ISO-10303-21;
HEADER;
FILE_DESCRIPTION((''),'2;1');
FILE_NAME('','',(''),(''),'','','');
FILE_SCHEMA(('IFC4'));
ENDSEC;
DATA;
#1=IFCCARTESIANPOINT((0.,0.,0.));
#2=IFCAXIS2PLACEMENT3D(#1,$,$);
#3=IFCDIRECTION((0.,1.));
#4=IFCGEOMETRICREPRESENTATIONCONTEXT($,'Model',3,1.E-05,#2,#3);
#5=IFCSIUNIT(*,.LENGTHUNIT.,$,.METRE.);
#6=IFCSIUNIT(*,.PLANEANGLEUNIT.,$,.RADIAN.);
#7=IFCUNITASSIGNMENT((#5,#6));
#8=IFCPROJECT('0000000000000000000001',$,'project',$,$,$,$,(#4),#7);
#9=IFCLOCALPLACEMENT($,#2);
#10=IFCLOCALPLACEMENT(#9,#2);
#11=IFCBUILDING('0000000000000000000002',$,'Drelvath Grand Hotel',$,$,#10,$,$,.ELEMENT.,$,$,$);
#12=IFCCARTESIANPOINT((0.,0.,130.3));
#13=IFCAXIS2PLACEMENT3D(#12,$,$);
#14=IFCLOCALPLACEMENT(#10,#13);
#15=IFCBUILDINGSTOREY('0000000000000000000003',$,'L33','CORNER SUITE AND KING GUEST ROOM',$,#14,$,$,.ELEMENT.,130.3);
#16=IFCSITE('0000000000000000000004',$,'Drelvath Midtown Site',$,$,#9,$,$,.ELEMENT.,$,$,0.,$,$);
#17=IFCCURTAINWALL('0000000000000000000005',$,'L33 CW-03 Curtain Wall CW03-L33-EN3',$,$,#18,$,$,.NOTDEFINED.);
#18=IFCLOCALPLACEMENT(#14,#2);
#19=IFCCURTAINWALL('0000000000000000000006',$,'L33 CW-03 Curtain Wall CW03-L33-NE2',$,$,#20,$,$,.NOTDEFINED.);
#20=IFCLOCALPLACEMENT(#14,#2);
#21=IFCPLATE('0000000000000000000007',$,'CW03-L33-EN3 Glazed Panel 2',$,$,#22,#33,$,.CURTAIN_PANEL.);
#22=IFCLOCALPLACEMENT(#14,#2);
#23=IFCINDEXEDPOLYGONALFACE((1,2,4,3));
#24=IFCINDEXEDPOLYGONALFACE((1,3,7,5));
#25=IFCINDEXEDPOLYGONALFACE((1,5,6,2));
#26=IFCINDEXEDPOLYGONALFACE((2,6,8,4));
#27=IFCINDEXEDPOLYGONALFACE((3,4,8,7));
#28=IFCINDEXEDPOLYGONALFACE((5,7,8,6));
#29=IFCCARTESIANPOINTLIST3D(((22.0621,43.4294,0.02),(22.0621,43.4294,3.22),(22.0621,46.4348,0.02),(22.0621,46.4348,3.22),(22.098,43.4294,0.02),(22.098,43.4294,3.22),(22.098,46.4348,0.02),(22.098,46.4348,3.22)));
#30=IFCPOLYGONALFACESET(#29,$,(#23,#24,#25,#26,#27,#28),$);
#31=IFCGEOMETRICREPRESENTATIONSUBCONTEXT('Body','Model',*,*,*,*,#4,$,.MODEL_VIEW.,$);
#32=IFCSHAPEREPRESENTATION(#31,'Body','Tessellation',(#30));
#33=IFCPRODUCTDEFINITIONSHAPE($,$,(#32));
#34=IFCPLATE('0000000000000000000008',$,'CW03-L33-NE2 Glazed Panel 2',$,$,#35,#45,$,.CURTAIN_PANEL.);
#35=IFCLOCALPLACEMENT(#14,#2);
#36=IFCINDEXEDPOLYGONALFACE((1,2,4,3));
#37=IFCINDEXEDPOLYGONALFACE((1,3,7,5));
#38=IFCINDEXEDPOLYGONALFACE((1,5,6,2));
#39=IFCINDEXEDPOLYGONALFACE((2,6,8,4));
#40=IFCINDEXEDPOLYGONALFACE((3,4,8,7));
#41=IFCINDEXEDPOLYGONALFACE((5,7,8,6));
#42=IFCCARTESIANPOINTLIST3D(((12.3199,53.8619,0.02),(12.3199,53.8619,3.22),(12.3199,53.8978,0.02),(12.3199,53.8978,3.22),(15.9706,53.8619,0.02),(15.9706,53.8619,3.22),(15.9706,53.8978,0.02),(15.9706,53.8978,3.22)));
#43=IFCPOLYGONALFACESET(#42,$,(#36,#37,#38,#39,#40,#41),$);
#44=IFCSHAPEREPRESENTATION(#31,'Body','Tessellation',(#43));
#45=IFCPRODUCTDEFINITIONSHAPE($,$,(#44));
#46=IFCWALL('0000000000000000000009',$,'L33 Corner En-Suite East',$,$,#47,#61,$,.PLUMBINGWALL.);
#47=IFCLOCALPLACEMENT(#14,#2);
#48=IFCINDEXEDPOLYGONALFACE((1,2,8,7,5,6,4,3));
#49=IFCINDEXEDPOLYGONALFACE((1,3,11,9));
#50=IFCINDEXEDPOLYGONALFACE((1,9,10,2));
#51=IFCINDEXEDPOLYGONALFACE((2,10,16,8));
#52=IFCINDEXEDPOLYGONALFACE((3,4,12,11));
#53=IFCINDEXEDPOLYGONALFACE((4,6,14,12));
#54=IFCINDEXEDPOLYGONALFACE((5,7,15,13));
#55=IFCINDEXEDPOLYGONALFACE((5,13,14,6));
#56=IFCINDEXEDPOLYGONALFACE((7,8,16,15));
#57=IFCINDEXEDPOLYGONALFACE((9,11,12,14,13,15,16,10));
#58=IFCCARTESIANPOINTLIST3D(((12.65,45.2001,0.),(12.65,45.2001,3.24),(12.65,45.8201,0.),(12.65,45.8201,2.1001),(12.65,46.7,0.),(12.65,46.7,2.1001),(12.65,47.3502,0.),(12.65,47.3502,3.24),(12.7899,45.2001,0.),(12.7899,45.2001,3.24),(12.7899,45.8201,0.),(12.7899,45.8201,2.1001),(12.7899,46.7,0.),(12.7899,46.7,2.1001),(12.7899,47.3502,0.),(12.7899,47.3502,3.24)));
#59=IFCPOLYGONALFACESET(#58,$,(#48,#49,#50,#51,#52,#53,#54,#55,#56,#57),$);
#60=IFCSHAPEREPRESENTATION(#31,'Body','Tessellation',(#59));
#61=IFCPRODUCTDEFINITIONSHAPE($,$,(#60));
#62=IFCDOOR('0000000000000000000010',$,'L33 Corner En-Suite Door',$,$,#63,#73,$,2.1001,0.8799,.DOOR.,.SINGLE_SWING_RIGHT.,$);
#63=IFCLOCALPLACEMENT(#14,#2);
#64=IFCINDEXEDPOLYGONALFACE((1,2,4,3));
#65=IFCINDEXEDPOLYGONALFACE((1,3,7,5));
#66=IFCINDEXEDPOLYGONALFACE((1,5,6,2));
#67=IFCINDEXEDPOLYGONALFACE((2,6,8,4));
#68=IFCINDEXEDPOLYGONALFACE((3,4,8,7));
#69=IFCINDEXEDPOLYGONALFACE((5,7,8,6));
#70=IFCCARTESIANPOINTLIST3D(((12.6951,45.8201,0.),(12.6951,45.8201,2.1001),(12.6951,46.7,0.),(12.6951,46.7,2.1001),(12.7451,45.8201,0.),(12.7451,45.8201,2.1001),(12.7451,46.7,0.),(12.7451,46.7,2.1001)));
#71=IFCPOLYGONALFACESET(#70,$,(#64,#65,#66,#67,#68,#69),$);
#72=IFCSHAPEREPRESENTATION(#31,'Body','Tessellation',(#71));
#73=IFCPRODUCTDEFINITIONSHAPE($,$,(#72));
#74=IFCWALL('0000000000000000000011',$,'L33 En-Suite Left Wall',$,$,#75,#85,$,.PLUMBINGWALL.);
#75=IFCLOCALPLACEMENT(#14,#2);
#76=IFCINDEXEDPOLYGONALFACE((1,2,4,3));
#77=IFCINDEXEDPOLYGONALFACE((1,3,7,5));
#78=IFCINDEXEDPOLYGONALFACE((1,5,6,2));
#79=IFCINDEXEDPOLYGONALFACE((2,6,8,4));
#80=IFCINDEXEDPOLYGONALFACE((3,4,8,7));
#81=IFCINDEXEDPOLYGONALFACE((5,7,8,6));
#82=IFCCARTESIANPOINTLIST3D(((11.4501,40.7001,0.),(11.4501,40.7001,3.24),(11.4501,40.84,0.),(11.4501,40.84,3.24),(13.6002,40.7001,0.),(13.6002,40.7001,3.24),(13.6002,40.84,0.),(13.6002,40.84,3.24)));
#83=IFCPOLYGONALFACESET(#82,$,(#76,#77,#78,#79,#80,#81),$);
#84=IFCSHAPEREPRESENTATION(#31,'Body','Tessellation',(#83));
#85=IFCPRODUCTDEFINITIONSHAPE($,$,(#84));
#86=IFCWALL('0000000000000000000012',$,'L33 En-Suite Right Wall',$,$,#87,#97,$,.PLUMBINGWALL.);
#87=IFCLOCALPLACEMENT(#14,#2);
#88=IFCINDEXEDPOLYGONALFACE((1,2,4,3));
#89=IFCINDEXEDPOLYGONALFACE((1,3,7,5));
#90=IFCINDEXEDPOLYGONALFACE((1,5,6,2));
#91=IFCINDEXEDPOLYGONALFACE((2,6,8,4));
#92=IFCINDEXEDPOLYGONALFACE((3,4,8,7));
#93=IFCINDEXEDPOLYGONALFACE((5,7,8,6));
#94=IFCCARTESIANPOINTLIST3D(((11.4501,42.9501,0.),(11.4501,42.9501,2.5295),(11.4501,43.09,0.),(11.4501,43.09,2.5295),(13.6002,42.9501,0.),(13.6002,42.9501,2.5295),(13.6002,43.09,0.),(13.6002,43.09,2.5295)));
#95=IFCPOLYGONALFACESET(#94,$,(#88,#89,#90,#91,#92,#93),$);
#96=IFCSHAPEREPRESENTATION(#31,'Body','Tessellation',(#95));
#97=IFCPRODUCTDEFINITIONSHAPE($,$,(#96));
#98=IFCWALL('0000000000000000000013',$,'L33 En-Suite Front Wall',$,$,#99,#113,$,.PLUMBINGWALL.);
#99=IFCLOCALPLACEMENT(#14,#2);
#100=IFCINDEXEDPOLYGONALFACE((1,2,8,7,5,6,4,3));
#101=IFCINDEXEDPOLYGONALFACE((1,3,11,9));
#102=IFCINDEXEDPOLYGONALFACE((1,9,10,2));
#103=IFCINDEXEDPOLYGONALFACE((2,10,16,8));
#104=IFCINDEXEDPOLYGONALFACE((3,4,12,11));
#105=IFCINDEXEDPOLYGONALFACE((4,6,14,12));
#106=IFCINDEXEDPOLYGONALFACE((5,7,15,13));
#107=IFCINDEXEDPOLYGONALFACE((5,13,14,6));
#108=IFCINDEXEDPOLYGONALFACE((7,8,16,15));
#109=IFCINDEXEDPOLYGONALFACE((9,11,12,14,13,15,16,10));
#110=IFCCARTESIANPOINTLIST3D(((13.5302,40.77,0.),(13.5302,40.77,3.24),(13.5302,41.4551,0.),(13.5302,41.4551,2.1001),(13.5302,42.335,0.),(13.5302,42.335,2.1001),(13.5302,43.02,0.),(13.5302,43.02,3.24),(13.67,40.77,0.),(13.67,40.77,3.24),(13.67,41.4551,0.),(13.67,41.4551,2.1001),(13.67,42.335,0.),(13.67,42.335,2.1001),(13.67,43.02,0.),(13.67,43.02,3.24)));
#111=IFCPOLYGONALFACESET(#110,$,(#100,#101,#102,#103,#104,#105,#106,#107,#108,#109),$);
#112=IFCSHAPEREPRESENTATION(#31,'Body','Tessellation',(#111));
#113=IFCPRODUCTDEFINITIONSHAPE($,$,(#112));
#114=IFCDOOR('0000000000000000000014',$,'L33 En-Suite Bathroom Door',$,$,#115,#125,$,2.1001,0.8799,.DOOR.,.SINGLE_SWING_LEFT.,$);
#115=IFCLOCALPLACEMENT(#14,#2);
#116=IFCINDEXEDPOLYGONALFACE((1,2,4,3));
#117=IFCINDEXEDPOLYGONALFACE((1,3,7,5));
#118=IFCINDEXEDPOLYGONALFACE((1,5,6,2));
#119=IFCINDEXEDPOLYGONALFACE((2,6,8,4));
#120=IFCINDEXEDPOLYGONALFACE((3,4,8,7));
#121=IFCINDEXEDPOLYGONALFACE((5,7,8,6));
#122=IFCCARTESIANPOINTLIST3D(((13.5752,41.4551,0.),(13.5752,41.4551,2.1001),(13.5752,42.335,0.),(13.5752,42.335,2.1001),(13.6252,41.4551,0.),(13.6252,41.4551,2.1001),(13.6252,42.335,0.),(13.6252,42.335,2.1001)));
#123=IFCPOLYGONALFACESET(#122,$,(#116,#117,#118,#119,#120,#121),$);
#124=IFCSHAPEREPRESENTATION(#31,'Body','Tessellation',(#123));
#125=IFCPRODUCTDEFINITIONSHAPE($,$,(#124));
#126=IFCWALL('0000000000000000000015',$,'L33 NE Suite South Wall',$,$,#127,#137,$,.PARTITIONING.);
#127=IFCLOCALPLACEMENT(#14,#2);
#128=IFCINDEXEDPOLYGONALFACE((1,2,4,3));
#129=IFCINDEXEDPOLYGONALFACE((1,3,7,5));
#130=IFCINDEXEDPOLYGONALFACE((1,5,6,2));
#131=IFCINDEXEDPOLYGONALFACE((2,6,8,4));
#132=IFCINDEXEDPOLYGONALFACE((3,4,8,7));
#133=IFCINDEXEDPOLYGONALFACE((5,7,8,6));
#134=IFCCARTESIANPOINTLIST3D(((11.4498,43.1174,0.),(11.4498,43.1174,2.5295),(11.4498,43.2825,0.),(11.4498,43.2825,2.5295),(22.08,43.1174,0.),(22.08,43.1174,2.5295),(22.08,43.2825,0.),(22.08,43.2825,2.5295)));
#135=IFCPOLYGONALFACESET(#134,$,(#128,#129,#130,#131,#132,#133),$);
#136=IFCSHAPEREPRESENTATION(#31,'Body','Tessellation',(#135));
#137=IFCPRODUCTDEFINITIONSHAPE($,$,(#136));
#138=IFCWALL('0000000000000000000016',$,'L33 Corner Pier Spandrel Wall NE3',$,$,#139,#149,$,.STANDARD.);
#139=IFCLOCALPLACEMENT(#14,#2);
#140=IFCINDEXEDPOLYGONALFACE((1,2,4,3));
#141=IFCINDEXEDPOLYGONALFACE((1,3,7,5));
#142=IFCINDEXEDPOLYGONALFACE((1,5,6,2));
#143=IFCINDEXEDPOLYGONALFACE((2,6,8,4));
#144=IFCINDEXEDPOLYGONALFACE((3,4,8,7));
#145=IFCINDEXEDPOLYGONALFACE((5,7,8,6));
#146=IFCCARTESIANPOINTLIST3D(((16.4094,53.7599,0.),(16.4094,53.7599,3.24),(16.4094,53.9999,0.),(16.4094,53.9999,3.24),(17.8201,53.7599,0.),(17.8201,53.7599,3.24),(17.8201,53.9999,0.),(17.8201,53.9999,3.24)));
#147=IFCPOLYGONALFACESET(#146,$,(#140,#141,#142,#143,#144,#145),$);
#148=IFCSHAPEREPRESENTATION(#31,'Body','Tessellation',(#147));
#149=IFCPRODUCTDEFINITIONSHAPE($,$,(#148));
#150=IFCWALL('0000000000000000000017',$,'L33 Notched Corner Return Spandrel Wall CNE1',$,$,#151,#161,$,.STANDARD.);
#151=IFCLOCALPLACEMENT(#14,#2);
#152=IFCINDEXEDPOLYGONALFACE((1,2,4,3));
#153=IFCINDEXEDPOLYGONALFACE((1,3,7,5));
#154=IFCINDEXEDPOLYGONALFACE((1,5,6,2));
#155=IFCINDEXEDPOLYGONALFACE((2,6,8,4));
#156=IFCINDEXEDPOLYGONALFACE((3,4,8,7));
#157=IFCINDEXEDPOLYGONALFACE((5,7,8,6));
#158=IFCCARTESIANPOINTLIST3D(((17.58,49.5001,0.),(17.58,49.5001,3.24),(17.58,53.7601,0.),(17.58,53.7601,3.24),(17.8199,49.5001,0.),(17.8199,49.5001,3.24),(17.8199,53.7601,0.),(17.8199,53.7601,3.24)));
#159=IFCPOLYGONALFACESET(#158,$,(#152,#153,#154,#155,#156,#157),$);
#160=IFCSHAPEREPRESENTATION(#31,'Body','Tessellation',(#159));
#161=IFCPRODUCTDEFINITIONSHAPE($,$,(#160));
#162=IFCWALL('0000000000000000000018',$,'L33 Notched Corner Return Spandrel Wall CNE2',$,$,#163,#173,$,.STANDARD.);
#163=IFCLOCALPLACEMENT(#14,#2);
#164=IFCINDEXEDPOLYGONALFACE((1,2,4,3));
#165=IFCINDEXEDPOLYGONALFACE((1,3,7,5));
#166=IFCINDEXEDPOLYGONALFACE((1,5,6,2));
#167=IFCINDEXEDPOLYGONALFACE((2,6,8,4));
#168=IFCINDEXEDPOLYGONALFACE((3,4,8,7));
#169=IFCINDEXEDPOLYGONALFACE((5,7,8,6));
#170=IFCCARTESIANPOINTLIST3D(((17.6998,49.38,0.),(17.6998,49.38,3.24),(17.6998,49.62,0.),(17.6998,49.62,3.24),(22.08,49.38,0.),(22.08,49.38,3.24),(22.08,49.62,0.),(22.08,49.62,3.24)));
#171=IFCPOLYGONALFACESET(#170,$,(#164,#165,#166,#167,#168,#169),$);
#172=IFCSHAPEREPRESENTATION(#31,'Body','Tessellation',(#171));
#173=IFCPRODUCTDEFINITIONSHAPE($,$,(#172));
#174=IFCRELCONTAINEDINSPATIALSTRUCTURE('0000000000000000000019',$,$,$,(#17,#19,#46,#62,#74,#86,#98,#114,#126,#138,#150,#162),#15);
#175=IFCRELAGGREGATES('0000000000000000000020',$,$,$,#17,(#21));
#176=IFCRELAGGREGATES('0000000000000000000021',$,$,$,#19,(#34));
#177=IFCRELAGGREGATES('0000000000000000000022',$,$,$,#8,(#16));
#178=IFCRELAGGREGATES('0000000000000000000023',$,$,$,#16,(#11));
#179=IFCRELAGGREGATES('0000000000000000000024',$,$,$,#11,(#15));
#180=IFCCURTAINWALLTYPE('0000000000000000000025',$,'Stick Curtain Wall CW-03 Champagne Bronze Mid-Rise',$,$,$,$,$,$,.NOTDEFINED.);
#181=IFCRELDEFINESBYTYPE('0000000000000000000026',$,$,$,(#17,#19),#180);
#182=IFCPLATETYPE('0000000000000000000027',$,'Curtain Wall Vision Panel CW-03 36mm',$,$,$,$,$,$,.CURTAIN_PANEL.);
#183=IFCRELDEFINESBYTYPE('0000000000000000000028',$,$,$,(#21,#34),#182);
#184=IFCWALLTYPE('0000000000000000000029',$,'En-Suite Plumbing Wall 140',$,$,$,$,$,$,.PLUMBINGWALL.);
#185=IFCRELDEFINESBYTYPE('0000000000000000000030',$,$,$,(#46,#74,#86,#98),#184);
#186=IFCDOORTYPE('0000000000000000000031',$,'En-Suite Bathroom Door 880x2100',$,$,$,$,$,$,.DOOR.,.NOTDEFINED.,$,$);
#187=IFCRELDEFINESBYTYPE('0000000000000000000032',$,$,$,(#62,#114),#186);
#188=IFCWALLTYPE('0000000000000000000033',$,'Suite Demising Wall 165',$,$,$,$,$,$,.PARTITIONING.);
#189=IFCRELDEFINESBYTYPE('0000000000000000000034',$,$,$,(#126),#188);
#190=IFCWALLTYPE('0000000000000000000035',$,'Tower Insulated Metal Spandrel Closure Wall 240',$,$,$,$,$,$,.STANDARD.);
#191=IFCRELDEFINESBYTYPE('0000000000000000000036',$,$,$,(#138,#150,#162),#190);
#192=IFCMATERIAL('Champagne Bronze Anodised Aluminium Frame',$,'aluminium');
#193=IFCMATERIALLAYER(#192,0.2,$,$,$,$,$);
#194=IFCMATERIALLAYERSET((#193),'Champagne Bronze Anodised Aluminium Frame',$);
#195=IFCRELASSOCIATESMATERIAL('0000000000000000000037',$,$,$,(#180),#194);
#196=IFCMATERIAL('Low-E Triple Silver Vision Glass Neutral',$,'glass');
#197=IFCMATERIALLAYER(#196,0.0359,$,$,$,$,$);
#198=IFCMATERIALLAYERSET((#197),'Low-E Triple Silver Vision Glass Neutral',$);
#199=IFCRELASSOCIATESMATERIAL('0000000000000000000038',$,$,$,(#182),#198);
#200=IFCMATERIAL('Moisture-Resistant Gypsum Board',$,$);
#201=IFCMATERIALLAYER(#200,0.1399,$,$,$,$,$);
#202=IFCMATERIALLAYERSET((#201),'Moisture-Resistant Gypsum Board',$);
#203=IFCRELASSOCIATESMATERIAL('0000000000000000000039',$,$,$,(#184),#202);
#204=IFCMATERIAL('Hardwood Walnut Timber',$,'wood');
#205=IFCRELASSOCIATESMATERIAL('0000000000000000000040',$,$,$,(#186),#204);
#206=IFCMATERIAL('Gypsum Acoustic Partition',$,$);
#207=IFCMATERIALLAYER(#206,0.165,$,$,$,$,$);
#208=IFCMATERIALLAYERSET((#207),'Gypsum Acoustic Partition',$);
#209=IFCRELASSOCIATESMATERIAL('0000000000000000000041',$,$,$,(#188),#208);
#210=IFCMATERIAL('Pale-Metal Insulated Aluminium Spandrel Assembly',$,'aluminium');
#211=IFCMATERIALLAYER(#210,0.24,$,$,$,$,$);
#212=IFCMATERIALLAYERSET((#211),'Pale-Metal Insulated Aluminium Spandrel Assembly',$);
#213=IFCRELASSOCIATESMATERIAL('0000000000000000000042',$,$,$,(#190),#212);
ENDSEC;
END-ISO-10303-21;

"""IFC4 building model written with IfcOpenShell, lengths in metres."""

from ifc_helpers import new_model, si_unit, direction, frame, frame_2d, origin, origin_2d, place, context, subcontext, project, spatial, rectangle, extrude, material, layer, layer_set, type_object, element, fill, aggregate, save


model = new_model("IFC4")

# Units and contexts
model_context = context("Model", 3, precision=1e-05, world=origin(), true_north=direction((0.0, 1.0)))
body_context = subcontext(model_context, "Body", "Model", "MODEL_VIEW")
ifc_project = project(units=[si_unit("LENGTHUNIT", "METRE"), si_unit("PLANEANGLEUNIT", "RADIAN")], contexts=[model_context])

# Site, building, storey
site_placement = place(None, origin())
site = spatial("IfcSite", under=ifc_project, at=site_placement, Name="Drelvath Midtown Site", CompositionType="ELEMENT", RefElevation=0.0)
building_placement = place(site_placement, origin())
building = spatial("IfcBuilding", under=site, at=building_placement, Name="Drelvath Grand Hotel", CompositionType="ELEMENT")
storey_placement = place(building_placement, frame((0.0, 0.0, 130.3)))
storey = spatial("IfcBuildingStorey", under=building, at=storey_placement, Name="L33", Description="CORNER SUITE AND KING GUEST ROOM", CompositionType="ELEMENT", Elevation=130.3)

# Curtain wall
ifc_material_1 = material(Name="Champagne Bronze Anodised Aluminium Frame", Category="aluminium")
ifc_layer_1 = layer(ifc_material_1, 0.2)
ifc_layer_set_1 = layer_set([ifc_layer_1], Name="Champagne Bronze Anodised Aluminium Frame")
curtain_wall_type = type_object("IfcCurtainWallType", Name="Stick Curtain Wall CW-03 Champagne Bronze Mid-Rise", PredefinedType="NOTDEFINED", material=ifc_layer_set_1)
curtain_wall_1_placement = place(storey_placement, origin())
curtain_wall_1 = element("IfcCurtainWall", 1, at=curtain_wall_1_placement, inside=storey, type_object=curtain_wall_type, Name="L33 CW-03 Curtain Wall CW03-L33-EN3", PredefinedType="NOTDEFINED")

# Curtain wall
curtain_wall_2_placement = place(storey_placement, origin())
curtain_wall_2 = element("IfcCurtainWall", 2, at=curtain_wall_2_placement, inside=storey, type_object=curtain_wall_type, Name="L33 CW-03 Curtain Wall CW03-L33-NE2", PredefinedType="NOTDEFINED")

# Plates
ifc_material_2 = material(Name="Low-E Triple Silver Vision Glass Neutral", Category="glass")
ifc_layer_2 = layer(ifc_material_2, 0.0359)
ifc_layer_set_2 = layer_set([ifc_layer_2], Name="Low-E Triple Silver Vision Glass Neutral")
plate_type = type_object("IfcPlateType", Name="Curtain Wall Vision Panel CW-03 36mm", PredefinedType="CURTAIN_PANEL", material=ifc_layer_set_2)
plate_1_placement = place(storey_placement, frame((22.0801, 44.9321, 0.02), z_axis=(0.0, 0.0, 1.0), x_axis=(0.0, -1.0, 0.0)))
plate_1 = element("IfcPlate", 3, at=plate_1_placement, type_object=plate_type, Name="CW03-L33-EN3 Glazed Panel 2", PredefinedType="CURTAIN_PANEL", context=body_context, shape_type="SweptSolid", body=[
    extrude(rectangle(XDim=3.0054, YDim=0.0359, at=origin_2d()), origin(), (0.0, 0.0, 1.0), 3.2),
])
aggregate(curtain_wall_1, [plate_1])
plate_2_placement = place(storey_placement, frame((14.1453, 53.8799, 0.02), z_axis=(0.0, 0.0, 1.0), x_axis=(1.0, 0.0, 0.0)))
plate_2 = element("IfcPlate", 4, at=plate_2_placement, type_object=plate_type, Name="CW03-L33-NE2 Glazed Panel 2", PredefinedType="CURTAIN_PANEL", context=body_context, shape_type="SweptSolid", body=[
    extrude(rectangle(XDim=3.6506, YDim=0.0359, at=origin_2d()), origin(), (0.0, 0.0, 1.0), 3.2),
])
aggregate(curtain_wall_2, [plate_2])

# Wall, opening, door
ifc_material_3 = material(Name="Moisture-Resistant Gypsum Board")
ifc_layer_3 = layer(ifc_material_3, 0.1399)
ifc_layer_set_3 = layer_set([ifc_layer_3], Name="Moisture-Resistant Gypsum Board")
wall_type_1 = type_object("IfcWallType", Name="En-Suite Plumbing Wall 140", PredefinedType="PLUMBINGWALL", material=ifc_layer_set_3)
wall_1_placement = place(storey_placement, frame((12.72, 45.2, 0.0), z_axis=(0.0, 0.0, 1.0), x_axis=(0.0, 1.0, 0.0)))
wall_1 = element("IfcWall", 5, at=wall_1_placement, inside=storey, type_object=wall_type_1, Name="L33 Corner En-Suite East", PredefinedType="PLUMBINGWALL", context=body_context, shape_type="SweptSolid", body=[
    extrude(rectangle(XDim=2.1501, YDim=0.1399, at=frame_2d((1.0752, 0.0))), origin(), (0.0, 0.0, 1.0), 3.24),
])
opening_1_placement = place(wall_1_placement, frame((0.6201, 0.0, 0.0)))
opening_1 = element("IfcOpeningElement", 6, at=opening_1_placement, cuts=wall_1, PredefinedType="OPENING", context=body_context, shape_type="SweptSolid", body=[
    extrude(rectangle(XDim=0.8799, YDim=2.1001, at=frame_2d((0.4399, 1.05))), frame((0.0, 0.0798, 0.0), z_axis=(0.0, -1.0, 0.0), x_axis=(1.0, 0.0, 0.0)), (0.0, 0.0, 1.0), 0.1599),
])
ifc_material_4 = material(Name="Hardwood Walnut Timber", Category="wood")
door_type = type_object("IfcDoorType", Name="En-Suite Bathroom Door 880x2100", OperationType="NOTDEFINED", PredefinedType="DOOR", material=ifc_material_4)
door_1_placement = place(opening_1_placement, origin())
door_1 = element("IfcDoor", 7, at=door_1_placement, inside=storey, type_object=door_type, Name="L33 Corner En-Suite Door", OperationType="SINGLE_SWING_RIGHT", OverallHeight=2.1001, OverallWidth=0.8799, PredefinedType="DOOR", context=body_context, shape_type="SweptSolid", body=[
    extrude(rectangle(XDim=0.8799, YDim=2.1001, at=frame_2d((0.4399, 1.05))), frame((0.0, 0.0249, 0.0), z_axis=(0.0, -1.0, 0.0), x_axis=(1.0, 0.0, 0.0)), (0.0, 0.0, 1.0), 0.05),
])
fill(opening_1, door_1)

# Walls
wall_2_placement = place(storey_placement, frame((11.45, 40.77, 0.0), z_axis=(0.0, 0.0, 1.0), x_axis=(1.0, 0.0, 0.0)))
element("IfcWall", 8, at=wall_2_placement, inside=storey, type_object=wall_type_1, Name="L33 En-Suite Left Wall", PredefinedType="PLUMBINGWALL", context=body_context, shape_type="SweptSolid", body=[
    extrude(rectangle(XDim=2.1501, YDim=0.1399, at=frame_2d((1.0752, 0.0))), origin(), (0.0, 0.0, 1.0), 3.24),
])
wall_3_placement = place(storey_placement, frame((11.45, 43.02, 0.0), z_axis=(0.0, 0.0, 1.0), x_axis=(1.0, 0.0, 0.0)))
element("IfcWall", 9, at=wall_3_placement, inside=storey, type_object=wall_type_1, Name="L33 En-Suite Right Wall", PredefinedType="PLUMBINGWALL", context=body_context, shape_type="SweptSolid", body=[
    extrude(rectangle(XDim=2.1501, YDim=0.1399, at=frame_2d((1.0752, 0.0))), origin(), (0.0, 0.0, 1.0), 2.5295),
])

# Wall, opening, door
wall_4_placement = place(storey_placement, frame((13.6001, 40.77, 0.0), z_axis=(0.0, 0.0, 1.0), x_axis=(0.0, 1.0, 0.0)))
wall_4 = element("IfcWall", 10, at=wall_4_placement, inside=storey, type_object=wall_type_1, Name="L33 En-Suite Front Wall", PredefinedType="PLUMBINGWALL", context=body_context, shape_type="SweptSolid", body=[
    extrude(rectangle(XDim=2.25, YDim=0.1399, at=frame_2d((1.125, 0.0))), origin(), (0.0, 0.0, 1.0), 3.24),
])
opening_2_placement = place(wall_4_placement, frame((0.6851, 0.0, 0.0)))
opening_2 = element("IfcOpeningElement", 11, at=opening_2_placement, cuts=wall_4, PredefinedType="OPENING", context=body_context, shape_type="SweptSolid", body=[
    extrude(rectangle(XDim=0.8799, YDim=2.1001, at=frame_2d((0.4399, 1.05))), frame((0.0, 0.0798, 0.0), z_axis=(0.0, -1.0, 0.0), x_axis=(1.0, 0.0, 0.0)), (0.0, 0.0, 1.0), 0.1599),
])
door_2_placement = place(opening_2_placement, origin())
door_2 = element("IfcDoor", 12, at=door_2_placement, inside=storey, type_object=door_type, Name="L33 En-Suite Bathroom Door", OperationType="SINGLE_SWING_LEFT", OverallHeight=2.1001, OverallWidth=0.8799, PredefinedType="DOOR", context=body_context, shape_type="SweptSolid", body=[
    extrude(rectangle(XDim=0.8799, YDim=2.1001, at=frame_2d((0.4399, 1.05))), frame((0.0, 0.0249, 0.0), z_axis=(0.0, -1.0, 0.0), x_axis=(1.0, 0.0, 0.0)), (0.0, 0.0, 1.0), 0.05),
])
fill(opening_2, door_2)

# Walls
ifc_material_5 = material(Name="Gypsum Acoustic Partition")
ifc_layer_4 = layer(ifc_material_5, 0.165)
ifc_layer_set_4 = layer_set([ifc_layer_4], Name="Gypsum Acoustic Partition")
wall_type_2 = type_object("IfcWallType", Name="Suite Demising Wall 165", PredefinedType="PARTITIONING", material=ifc_layer_set_4)
wall_5_placement = place(storey_placement, frame((11.45, 43.2, 0.0), z_axis=(0.0, 0.0, 1.0), x_axis=(1.0, 0.0, 0.0)))
element("IfcWall", 13, at=wall_5_placement, inside=storey, type_object=wall_type_2, Name="L33 NE Suite South Wall", PredefinedType="PARTITIONING", context=body_context, shape_type="SweptSolid", body=[
    extrude(rectangle(XDim=10.6301, YDim=0.165, at=frame_2d((5.3149, 0.0))), origin(), (0.0, 0.0, 1.0), 2.5295),
])
ifc_material_6 = material(Name="Pale-Metal Insulated Aluminium Spandrel Assembly", Category="aluminium")
ifc_layer_5 = layer(ifc_material_6, 0.24)
ifc_layer_set_5 = layer_set([ifc_layer_5], Name="Pale-Metal Insulated Aluminium Spandrel Assembly")
wall_type_3 = type_object("IfcWallType", Name="Tower Insulated Metal Spandrel Closure Wall 240", PredefinedType="STANDARD", material=ifc_layer_set_5)
wall_6_placement = place(storey_placement, frame((16.4094, 53.8799, 0.0), z_axis=(0.0, 0.0, 1.0), x_axis=(1.0, 0.0, 0.0)))
element("IfcWall", 14, at=wall_6_placement, inside=storey, type_object=wall_type_3, Name="L33 Corner Pier Spandrel Wall NE3", PredefinedType="STANDARD", context=body_context, shape_type="SweptSolid", body=[
    extrude(rectangle(XDim=1.4106, YDim=0.24, at=frame_2d((0.7053, 0.0))), origin(), (0.0, 0.0, 1.0), 3.24),
])
wall_7_placement = place(storey_placement, frame((17.7, 53.76, 0.0), z_axis=(0.0, 0.0, 1.0), x_axis=(0.0, -1.0, 0.0)))
element("IfcWall", 15, at=wall_7_placement, inside=storey, type_object=wall_type_3, Name="L33 Notched Corner Return Spandrel Wall CNE1", PredefinedType="STANDARD", context=body_context, shape_type="SweptSolid", body=[
    extrude(rectangle(XDim=4.26, YDim=0.24, at=frame_2d((2.1299, 0.0))), origin(), (0.0, 0.0, 1.0), 3.24),
])
wall_8_placement = place(storey_placement, frame((17.7, 49.5, 0.0), z_axis=(0.0, 0.0, 1.0), x_axis=(1.0, 0.0, 0.0)))
element("IfcWall", 16, at=wall_8_placement, inside=storey, type_object=wall_type_3, Name="L33 Notched Corner Return Spandrel Wall CNE2", PredefinedType="STANDARD", context=body_context, shape_type="SweptSolid", body=[
    extrude(rectangle(XDim=4.3801, YDim=0.24, at=frame_2d((2.1899, 0.0))), origin(), (0.0, 0.0, 1.0), 3.24),
])

save(model, "model.ifc")
